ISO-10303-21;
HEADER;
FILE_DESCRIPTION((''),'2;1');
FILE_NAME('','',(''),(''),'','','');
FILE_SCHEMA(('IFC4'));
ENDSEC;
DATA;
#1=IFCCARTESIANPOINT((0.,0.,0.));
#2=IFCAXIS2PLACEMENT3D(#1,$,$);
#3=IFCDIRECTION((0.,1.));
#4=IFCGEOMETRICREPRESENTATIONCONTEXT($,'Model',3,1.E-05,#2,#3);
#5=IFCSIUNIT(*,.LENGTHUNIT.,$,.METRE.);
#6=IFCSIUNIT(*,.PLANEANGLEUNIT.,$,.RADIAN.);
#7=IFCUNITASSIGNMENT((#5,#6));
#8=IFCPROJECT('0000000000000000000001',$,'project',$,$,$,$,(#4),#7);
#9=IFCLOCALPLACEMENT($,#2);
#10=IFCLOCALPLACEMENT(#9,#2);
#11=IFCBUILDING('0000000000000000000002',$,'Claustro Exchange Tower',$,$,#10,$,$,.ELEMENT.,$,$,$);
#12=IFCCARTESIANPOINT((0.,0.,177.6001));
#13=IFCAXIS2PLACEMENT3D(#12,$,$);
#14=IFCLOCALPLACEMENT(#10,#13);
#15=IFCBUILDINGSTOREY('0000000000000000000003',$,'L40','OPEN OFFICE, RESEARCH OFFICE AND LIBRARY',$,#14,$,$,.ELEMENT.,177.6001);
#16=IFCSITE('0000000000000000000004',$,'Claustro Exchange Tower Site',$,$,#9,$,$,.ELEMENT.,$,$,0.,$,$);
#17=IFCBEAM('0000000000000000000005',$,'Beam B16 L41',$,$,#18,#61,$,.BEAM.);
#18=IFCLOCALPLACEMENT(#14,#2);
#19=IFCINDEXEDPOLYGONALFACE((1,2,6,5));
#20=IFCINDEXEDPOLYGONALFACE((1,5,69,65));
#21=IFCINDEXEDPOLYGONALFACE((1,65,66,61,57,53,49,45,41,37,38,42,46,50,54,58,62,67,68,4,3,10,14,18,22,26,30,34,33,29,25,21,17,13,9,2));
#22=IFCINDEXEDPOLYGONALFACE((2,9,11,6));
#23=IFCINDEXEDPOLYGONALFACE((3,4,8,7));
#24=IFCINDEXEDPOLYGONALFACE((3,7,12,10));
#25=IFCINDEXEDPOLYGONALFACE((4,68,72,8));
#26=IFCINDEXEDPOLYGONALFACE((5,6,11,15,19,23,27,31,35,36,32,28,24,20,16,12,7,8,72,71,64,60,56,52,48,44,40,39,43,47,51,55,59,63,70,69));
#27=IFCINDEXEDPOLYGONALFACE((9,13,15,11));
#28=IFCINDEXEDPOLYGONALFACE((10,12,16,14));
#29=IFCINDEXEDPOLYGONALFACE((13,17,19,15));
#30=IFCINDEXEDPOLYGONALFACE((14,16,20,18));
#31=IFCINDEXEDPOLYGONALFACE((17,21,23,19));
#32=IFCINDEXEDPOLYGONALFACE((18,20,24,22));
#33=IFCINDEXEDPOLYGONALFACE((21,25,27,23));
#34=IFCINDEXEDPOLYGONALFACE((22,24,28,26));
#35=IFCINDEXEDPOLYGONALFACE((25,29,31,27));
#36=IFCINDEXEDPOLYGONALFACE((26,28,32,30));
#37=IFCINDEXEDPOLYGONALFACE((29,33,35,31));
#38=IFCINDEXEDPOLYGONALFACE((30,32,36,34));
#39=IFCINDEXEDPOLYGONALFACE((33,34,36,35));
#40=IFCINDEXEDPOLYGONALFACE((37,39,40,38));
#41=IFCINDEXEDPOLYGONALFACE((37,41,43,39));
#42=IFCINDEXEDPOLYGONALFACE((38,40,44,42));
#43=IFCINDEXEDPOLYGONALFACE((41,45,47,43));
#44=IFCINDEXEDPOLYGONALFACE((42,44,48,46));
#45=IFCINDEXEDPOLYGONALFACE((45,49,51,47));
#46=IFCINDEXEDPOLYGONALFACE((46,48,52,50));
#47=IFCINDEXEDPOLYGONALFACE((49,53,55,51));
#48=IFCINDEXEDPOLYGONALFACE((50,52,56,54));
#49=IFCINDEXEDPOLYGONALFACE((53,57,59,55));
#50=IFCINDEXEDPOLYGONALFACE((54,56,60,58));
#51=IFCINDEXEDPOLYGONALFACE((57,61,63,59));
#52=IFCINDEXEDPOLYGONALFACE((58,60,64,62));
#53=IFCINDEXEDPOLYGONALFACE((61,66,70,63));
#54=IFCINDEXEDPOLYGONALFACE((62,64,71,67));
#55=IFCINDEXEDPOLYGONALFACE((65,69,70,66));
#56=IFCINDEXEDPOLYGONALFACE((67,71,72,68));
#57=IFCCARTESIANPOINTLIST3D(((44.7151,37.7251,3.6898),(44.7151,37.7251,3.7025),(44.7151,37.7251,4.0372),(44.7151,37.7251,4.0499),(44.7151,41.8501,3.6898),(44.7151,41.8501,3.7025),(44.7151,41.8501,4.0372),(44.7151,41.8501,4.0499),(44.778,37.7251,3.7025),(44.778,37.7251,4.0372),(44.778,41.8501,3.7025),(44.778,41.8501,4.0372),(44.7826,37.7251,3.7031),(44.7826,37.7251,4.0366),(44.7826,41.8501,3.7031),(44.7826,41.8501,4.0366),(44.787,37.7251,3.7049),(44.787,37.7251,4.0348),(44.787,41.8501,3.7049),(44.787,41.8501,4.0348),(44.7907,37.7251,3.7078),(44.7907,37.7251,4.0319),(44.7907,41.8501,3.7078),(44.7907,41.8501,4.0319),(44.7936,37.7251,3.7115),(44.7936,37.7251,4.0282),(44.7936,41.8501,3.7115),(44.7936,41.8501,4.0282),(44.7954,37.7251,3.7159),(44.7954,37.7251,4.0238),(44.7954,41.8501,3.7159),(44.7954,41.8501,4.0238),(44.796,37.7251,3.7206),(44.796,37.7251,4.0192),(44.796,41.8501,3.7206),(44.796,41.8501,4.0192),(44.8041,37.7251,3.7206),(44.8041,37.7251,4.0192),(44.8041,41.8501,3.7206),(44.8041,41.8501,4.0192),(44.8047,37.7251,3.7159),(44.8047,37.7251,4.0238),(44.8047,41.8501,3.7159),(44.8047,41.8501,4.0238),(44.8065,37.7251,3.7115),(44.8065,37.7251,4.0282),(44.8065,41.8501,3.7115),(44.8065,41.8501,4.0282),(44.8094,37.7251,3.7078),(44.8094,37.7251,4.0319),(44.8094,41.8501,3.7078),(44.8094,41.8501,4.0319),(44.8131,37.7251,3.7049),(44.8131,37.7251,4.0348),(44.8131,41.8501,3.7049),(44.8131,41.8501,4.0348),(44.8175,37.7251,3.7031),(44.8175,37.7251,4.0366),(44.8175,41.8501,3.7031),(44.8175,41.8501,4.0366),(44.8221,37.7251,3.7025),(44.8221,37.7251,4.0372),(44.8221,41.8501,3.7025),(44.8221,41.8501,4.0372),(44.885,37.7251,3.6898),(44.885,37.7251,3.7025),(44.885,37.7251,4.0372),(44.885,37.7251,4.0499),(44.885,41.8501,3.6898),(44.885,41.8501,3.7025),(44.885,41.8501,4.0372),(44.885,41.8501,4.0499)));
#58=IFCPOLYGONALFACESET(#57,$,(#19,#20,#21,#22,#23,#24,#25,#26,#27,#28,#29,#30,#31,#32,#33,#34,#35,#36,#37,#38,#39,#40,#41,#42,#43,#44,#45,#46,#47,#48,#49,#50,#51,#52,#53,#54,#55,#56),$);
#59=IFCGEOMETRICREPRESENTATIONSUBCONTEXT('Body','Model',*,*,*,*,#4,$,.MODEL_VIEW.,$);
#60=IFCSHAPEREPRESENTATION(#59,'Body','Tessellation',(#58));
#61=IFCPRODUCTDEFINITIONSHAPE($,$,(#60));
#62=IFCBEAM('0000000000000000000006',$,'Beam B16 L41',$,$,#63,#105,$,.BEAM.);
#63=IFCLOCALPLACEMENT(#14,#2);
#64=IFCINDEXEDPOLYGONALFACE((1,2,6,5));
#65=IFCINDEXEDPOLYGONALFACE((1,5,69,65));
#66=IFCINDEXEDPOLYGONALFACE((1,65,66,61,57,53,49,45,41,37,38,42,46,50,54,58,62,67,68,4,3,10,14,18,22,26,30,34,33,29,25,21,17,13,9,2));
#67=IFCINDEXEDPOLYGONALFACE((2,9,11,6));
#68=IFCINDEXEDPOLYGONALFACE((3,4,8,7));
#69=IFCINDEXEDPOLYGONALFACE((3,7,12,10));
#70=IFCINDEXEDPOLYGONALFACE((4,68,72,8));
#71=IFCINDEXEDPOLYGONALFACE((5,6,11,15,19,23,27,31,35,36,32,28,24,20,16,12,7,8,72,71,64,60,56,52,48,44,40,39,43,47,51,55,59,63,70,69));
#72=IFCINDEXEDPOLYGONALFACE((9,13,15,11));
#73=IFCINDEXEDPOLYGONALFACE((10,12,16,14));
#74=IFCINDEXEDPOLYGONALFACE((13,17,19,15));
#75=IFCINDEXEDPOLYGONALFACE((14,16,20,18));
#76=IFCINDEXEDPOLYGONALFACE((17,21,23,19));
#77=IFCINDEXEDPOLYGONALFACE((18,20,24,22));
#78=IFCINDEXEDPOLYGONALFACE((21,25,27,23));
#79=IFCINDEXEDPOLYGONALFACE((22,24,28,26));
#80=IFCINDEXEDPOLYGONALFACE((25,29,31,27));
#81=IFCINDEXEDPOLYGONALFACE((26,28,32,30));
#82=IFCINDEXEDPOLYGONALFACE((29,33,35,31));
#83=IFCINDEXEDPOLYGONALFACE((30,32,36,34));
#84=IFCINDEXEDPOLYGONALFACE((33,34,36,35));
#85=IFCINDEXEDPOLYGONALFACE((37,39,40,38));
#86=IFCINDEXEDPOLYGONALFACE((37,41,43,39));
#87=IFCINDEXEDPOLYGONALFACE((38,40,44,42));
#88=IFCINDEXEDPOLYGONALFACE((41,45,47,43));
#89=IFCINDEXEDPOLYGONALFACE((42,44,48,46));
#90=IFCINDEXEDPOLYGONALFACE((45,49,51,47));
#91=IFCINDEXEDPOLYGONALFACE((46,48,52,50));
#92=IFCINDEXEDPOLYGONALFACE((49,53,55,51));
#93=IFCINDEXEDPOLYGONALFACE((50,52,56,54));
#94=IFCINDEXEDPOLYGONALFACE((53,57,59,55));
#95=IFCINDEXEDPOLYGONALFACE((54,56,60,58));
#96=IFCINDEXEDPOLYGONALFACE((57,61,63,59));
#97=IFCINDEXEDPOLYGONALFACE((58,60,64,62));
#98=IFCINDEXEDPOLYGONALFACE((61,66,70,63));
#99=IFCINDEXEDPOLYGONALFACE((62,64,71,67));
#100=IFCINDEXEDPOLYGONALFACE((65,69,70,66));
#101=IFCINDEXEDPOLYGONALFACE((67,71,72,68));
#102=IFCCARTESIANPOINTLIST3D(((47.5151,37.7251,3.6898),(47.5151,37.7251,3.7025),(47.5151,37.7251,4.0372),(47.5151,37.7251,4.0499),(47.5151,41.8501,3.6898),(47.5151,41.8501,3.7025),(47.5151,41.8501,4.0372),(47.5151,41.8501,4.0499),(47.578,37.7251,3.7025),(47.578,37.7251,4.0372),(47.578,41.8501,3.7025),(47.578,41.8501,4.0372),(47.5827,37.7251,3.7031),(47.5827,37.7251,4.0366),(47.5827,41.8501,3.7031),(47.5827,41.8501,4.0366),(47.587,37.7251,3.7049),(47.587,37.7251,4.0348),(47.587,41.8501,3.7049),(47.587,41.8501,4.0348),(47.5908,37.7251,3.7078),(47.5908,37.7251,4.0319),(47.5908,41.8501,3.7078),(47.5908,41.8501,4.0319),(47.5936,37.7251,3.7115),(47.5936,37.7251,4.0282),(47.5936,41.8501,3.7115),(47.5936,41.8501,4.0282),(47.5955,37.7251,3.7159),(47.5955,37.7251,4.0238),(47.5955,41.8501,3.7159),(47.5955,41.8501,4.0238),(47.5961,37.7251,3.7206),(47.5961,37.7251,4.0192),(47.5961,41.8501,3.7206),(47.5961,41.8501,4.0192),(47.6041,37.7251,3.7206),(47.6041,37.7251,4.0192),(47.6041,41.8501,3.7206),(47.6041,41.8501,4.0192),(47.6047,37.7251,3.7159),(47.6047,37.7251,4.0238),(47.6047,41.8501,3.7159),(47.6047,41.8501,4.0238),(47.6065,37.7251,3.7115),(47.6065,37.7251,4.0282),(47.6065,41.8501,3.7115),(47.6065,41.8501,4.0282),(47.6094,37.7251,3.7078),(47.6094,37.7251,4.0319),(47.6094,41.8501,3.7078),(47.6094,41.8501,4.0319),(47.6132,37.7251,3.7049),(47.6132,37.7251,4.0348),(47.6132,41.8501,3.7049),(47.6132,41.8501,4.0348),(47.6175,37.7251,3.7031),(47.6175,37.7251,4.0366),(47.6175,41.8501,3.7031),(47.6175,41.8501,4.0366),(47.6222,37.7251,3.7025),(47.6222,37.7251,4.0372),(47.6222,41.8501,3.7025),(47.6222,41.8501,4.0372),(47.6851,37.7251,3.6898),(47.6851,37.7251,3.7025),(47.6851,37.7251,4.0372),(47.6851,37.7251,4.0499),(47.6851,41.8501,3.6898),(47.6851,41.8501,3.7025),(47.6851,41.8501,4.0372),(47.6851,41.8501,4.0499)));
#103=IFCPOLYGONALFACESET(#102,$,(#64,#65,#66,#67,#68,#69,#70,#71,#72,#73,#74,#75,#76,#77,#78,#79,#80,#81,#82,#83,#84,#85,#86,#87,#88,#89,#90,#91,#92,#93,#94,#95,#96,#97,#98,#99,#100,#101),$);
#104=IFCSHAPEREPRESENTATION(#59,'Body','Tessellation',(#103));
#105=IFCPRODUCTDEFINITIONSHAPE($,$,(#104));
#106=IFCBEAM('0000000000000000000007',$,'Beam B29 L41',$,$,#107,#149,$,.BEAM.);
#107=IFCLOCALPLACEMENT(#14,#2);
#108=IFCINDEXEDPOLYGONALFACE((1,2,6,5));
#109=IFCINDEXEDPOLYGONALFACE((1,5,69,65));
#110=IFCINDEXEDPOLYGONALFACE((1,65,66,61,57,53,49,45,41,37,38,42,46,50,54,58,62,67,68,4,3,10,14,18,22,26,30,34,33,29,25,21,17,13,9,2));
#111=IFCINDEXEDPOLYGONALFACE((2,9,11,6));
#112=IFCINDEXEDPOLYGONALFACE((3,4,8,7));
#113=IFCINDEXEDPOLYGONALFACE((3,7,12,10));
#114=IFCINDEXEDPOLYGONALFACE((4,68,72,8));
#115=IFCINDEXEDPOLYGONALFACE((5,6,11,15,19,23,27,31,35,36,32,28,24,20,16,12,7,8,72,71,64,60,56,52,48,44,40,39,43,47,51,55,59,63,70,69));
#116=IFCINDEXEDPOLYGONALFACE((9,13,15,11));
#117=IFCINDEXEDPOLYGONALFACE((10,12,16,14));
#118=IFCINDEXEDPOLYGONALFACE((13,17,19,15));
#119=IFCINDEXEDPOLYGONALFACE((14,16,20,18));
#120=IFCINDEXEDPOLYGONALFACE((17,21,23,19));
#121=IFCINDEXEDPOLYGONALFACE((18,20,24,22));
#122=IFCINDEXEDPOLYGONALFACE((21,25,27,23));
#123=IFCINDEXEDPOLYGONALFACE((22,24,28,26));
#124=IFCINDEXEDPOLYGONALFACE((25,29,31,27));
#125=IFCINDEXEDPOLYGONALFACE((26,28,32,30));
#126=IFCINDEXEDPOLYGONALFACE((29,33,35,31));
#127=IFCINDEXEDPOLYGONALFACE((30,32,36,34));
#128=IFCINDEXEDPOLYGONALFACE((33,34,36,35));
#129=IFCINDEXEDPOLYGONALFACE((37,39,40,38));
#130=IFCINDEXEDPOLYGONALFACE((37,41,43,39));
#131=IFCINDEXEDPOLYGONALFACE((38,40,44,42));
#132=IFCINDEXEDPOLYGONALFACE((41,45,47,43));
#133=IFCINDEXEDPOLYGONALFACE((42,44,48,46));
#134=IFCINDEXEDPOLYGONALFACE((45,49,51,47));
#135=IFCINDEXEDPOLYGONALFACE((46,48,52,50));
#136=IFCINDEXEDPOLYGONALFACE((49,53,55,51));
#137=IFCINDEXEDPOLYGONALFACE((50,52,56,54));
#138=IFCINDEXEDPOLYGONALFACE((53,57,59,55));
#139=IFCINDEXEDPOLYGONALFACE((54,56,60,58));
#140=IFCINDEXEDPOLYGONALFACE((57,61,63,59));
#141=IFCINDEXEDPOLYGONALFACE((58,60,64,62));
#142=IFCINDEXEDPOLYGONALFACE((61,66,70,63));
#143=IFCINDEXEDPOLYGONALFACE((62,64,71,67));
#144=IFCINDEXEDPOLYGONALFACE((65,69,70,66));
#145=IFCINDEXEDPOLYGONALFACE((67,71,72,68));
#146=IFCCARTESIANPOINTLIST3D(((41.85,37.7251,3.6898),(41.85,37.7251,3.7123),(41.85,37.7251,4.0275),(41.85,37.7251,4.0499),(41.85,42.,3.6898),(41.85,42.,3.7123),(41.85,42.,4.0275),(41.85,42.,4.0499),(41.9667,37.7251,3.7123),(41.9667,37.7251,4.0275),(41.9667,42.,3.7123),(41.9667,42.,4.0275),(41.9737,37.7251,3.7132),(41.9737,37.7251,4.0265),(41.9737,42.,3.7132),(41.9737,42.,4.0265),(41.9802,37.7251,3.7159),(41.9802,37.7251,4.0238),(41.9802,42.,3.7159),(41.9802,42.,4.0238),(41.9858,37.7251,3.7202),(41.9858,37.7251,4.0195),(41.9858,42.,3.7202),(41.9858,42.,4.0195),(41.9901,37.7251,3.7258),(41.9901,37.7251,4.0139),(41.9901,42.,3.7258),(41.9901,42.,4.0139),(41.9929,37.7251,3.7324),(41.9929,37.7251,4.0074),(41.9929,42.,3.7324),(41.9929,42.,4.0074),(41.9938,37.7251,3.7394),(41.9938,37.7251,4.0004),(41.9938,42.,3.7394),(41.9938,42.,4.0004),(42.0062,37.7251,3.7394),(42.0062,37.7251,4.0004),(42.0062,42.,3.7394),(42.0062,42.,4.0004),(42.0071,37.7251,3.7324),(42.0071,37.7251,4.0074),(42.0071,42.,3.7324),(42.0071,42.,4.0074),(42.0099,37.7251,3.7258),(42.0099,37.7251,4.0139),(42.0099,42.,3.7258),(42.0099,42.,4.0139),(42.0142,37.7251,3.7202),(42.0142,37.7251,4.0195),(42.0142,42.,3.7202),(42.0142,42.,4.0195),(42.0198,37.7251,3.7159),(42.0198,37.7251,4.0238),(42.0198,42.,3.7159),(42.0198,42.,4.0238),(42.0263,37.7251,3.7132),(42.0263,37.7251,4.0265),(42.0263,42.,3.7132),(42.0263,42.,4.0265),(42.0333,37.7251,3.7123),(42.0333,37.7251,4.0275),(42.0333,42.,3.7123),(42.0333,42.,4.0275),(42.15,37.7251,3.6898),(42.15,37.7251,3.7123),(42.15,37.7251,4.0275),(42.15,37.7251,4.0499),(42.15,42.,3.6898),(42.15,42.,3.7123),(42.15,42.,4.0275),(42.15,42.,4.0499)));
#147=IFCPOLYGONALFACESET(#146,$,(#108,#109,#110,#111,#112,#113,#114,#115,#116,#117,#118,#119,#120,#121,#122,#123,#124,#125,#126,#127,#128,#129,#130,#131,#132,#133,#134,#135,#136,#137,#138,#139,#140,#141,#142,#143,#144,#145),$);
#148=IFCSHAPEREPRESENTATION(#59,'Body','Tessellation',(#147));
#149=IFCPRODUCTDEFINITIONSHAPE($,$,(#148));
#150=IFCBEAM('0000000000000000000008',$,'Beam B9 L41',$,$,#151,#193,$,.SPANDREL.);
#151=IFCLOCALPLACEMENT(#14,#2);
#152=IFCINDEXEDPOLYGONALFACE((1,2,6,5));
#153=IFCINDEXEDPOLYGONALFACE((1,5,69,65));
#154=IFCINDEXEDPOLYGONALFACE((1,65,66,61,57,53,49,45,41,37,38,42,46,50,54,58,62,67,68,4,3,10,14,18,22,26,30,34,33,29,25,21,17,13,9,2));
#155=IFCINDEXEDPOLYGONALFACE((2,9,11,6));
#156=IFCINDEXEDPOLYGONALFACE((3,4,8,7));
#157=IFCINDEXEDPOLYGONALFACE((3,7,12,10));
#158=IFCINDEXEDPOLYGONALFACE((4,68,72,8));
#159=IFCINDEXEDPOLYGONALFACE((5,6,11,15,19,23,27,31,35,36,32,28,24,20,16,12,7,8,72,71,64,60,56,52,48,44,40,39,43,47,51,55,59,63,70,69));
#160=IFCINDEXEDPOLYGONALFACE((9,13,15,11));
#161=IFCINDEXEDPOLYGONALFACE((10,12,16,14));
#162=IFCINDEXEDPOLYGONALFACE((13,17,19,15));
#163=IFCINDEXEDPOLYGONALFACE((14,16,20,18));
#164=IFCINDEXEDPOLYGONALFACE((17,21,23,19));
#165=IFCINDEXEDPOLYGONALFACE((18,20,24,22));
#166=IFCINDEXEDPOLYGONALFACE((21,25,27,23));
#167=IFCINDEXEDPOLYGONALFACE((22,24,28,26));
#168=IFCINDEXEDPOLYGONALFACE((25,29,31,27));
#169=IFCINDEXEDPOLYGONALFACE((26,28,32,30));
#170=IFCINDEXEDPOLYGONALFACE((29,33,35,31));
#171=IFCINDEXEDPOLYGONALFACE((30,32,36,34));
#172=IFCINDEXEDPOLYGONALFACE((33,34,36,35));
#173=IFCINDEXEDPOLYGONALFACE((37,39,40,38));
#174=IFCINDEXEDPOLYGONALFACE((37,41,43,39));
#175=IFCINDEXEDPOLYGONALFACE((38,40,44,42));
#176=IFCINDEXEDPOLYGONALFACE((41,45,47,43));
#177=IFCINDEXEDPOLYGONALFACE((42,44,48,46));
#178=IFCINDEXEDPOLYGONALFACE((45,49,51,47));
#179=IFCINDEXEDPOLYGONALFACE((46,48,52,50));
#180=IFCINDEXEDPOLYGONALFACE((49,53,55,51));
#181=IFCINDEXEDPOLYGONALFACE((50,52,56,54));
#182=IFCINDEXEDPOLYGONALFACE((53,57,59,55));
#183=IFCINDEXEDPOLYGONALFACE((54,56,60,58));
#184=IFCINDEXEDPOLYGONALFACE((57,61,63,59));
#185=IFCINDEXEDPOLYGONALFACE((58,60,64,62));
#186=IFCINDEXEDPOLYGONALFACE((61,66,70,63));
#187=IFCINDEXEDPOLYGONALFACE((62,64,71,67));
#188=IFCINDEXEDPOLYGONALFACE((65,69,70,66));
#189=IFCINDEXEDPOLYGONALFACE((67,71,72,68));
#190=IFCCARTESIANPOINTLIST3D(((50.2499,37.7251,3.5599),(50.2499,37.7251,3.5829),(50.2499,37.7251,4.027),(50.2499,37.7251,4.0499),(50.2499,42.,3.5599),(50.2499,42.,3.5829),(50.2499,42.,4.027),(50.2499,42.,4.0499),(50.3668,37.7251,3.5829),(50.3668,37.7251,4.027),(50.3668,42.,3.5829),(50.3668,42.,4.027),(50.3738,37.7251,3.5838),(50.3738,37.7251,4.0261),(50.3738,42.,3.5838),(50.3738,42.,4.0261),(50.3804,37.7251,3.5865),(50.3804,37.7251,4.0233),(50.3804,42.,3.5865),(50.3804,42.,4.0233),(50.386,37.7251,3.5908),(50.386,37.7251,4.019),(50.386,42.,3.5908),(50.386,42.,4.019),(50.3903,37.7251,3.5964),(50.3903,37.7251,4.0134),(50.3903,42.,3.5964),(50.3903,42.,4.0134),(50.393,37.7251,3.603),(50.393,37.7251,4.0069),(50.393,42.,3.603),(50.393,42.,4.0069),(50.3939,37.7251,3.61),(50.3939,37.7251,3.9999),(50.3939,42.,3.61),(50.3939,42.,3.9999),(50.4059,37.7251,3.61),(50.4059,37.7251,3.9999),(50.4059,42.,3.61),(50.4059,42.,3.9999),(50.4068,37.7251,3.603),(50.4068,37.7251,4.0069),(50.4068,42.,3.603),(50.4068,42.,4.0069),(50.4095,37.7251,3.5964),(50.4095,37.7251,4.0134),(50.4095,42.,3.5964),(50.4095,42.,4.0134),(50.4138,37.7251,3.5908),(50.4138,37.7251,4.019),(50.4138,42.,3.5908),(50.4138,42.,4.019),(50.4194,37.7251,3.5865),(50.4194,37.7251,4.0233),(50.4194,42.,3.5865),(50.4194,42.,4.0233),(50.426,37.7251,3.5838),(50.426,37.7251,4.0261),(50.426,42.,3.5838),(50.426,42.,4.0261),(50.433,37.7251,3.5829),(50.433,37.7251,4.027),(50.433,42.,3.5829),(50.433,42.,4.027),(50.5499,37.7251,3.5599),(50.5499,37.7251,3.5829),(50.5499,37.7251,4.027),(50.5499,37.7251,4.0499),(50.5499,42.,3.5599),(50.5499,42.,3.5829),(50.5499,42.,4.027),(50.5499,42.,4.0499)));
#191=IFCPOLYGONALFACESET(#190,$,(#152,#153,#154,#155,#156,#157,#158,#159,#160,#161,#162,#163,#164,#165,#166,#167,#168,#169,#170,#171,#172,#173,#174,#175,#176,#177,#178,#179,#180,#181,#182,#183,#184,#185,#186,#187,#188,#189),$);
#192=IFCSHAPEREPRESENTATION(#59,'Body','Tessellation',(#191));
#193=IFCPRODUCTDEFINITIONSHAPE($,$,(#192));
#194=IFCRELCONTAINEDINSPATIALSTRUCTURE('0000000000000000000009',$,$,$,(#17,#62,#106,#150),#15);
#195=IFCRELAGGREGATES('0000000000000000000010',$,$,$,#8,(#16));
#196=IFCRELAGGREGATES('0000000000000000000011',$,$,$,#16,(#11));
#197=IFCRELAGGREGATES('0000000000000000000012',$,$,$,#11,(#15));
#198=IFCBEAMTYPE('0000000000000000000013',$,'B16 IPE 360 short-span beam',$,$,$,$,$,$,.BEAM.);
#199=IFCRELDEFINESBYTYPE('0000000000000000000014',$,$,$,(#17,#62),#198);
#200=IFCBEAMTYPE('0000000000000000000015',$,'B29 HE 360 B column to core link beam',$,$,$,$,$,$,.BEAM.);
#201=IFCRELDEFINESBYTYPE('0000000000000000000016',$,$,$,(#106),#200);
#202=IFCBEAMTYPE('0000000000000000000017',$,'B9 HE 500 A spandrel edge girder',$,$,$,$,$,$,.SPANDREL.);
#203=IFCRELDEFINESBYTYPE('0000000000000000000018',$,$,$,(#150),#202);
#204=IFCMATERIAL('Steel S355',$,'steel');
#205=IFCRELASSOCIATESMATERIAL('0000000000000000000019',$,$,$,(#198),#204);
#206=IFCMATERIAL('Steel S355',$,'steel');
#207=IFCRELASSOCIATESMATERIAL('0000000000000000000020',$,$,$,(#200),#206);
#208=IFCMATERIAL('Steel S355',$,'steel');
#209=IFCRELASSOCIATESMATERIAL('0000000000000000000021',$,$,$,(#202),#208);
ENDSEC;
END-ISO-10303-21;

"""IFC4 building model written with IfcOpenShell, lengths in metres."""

from ifc_helpers import new_model, si_unit, direction, frame, origin, origin_2d, place, context, subcontext, project, spatial, i_section, extrude, material, material_profile, profile_set, type_object, element, save


model = new_model("IFC4")

# Units and contexts
model_context = context("Model", 3, precision=1e-05, world=origin(), true_north=direction((0.0, 1.0)))
body_context = subcontext(model_context, "Body", "Model", "MODEL_VIEW")
ifc_project = project(units=[si_unit("LENGTHUNIT", "METRE"), si_unit("PLANEANGLEUNIT", "RADIAN")], contexts=[model_context])

# Site, building, storey
site_placement = place(None, origin())
site = spatial("IfcSite", under=ifc_project, at=site_placement, Name="Claustro Exchange Tower Site", CompositionType="ELEMENT", RefElevation=0.0)
building_placement = place(site_placement, origin())
building = spatial("IfcBuilding", under=site, at=building_placement, Name="Claustro Exchange Tower", CompositionType="ELEMENT")
storey_placement = place(building_placement, frame((0.0, 0.0, 177.6001)))
storey = spatial("IfcBuildingStorey", under=building, at=storey_placement, Name="L40", Description="OPEN OFFICE, RESEARCH OFFICE AND LIBRARY", CompositionType="ELEMENT", Elevation=177.6001)

# Beams
ifc_material_1 = material(Name="Steel S355", Category="steel")
ifc_material_profile_1 = material_profile(ifc_material_1, i_section(OverallWidth=0.1699, OverallDepth=0.3601, WebThickness=0.0081, FlangeThickness=0.0127, FilletRadius=0.0181, at=origin_2d()), Name="IPE 360")
ifc_profile_set_1 = profile_set([ifc_material_profile_1], Name="Steel S355")
beam_type_1 = type_object("IfcBeamType", Name="B16 IPE 360 short-span beam", PredefinedType="BEAM", material=ifc_profile_set_1)
for number, where, z_axis, x_axis, name in (
    (1, (44.8, 37.7251, 3.8699), (0.0, 1.0, 0.0), (-1.0, 0.0, 0.0), "Beam B16 L41"),
    (2, (47.6001, 37.7251, 3.8699), (0.0, 1.0, 0.0), (-1.0, 0.0, 0.0), "Beam B16 L41"),
):
    element("IfcBeam", number, at=place(storey_placement, frame(where, z_axis=z_axis, x_axis=x_axis)), inside=storey, type_object=beam_type_1, Name=name, PredefinedType="BEAM", context=body_context, shape_type="SweptSolid", body=[
        extrude(i_section(OverallWidth=0.1699, OverallDepth=0.3601, WebThickness=0.0081, FlangeThickness=0.0127, FilletRadius=0.0181, at=origin_2d()), origin(), (0.0, 0.0, 1.0), 4.125),
    ])
ifc_material_2 = material(Name="Steel S355", Category="steel")
ifc_material_profile_2 = material_profile(ifc_material_2, i_section(OverallWidth=0.3, OverallDepth=0.3601, WebThickness=0.0125, FlangeThickness=0.0225, FilletRadius=0.0271, at=origin_2d()), Name="HE 360 B")
ifc_profile_set_2 = profile_set([ifc_material_profile_2], Name="Steel S355")
beam_type_2 = type_object("IfcBeamType", Name="B29 HE 360 B column to core link beam", PredefinedType="BEAM", material=ifc_profile_set_2)
beam_1_placement = place(storey_placement, frame((42.0, 37.7251, 3.8699), z_axis=(0.0, 1.0, 0.0), x_axis=(-1.0, 0.0, 0.0)))
element("IfcBeam", 3, at=beam_1_placement, inside=storey, type_object=beam_type_2, Name="Beam B29 L41", PredefinedType="BEAM", context=body_context, shape_type="SweptSolid", body=[
    extrude(i_section(OverallWidth=0.3, OverallDepth=0.3601, WebThickness=0.0125, FlangeThickness=0.0225, FilletRadius=0.0271, at=origin_2d()), origin(), (0.0, 0.0, 1.0), 4.2749),
])
ifc_material_3 = material(Name="Steel S355", Category="steel")
ifc_material_profile_3 = material_profile(ifc_material_3, i_section(OverallWidth=0.3, OverallDepth=0.49, WebThickness=0.012, FlangeThickness=0.0229, FilletRadius=0.0271, at=origin_2d()), Name="HE 500 A")
ifc_profile_set_3 = profile_set([ifc_material_profile_3], Name="Steel S355")
beam_type_3 = type_object("IfcBeamType", Name="B9 HE 500 A spandrel edge girder", PredefinedType="SPANDREL", material=ifc_profile_set_3)
beam_2_placement = place(storey_placement, frame((50.3999, 37.7251, 3.8049), z_axis=(0.0, 1.0, 0.0), x_axis=(-1.0, 0.0, 0.0)))
element("IfcBeam", 4, at=beam_2_placement, inside=storey, type_object=beam_type_3, Name="Beam B9 L41", PredefinedType="SPANDREL", context=body_context, shape_type="SweptSolid", body=[
    extrude(i_section(OverallWidth=0.3, OverallDepth=0.49, WebThickness=0.012, FlangeThickness=0.0229, FilletRadius=0.0271, at=origin_2d()), origin(), (0.0, 0.0, 1.0), 4.2749),
])

save(model, "model.ifc")
